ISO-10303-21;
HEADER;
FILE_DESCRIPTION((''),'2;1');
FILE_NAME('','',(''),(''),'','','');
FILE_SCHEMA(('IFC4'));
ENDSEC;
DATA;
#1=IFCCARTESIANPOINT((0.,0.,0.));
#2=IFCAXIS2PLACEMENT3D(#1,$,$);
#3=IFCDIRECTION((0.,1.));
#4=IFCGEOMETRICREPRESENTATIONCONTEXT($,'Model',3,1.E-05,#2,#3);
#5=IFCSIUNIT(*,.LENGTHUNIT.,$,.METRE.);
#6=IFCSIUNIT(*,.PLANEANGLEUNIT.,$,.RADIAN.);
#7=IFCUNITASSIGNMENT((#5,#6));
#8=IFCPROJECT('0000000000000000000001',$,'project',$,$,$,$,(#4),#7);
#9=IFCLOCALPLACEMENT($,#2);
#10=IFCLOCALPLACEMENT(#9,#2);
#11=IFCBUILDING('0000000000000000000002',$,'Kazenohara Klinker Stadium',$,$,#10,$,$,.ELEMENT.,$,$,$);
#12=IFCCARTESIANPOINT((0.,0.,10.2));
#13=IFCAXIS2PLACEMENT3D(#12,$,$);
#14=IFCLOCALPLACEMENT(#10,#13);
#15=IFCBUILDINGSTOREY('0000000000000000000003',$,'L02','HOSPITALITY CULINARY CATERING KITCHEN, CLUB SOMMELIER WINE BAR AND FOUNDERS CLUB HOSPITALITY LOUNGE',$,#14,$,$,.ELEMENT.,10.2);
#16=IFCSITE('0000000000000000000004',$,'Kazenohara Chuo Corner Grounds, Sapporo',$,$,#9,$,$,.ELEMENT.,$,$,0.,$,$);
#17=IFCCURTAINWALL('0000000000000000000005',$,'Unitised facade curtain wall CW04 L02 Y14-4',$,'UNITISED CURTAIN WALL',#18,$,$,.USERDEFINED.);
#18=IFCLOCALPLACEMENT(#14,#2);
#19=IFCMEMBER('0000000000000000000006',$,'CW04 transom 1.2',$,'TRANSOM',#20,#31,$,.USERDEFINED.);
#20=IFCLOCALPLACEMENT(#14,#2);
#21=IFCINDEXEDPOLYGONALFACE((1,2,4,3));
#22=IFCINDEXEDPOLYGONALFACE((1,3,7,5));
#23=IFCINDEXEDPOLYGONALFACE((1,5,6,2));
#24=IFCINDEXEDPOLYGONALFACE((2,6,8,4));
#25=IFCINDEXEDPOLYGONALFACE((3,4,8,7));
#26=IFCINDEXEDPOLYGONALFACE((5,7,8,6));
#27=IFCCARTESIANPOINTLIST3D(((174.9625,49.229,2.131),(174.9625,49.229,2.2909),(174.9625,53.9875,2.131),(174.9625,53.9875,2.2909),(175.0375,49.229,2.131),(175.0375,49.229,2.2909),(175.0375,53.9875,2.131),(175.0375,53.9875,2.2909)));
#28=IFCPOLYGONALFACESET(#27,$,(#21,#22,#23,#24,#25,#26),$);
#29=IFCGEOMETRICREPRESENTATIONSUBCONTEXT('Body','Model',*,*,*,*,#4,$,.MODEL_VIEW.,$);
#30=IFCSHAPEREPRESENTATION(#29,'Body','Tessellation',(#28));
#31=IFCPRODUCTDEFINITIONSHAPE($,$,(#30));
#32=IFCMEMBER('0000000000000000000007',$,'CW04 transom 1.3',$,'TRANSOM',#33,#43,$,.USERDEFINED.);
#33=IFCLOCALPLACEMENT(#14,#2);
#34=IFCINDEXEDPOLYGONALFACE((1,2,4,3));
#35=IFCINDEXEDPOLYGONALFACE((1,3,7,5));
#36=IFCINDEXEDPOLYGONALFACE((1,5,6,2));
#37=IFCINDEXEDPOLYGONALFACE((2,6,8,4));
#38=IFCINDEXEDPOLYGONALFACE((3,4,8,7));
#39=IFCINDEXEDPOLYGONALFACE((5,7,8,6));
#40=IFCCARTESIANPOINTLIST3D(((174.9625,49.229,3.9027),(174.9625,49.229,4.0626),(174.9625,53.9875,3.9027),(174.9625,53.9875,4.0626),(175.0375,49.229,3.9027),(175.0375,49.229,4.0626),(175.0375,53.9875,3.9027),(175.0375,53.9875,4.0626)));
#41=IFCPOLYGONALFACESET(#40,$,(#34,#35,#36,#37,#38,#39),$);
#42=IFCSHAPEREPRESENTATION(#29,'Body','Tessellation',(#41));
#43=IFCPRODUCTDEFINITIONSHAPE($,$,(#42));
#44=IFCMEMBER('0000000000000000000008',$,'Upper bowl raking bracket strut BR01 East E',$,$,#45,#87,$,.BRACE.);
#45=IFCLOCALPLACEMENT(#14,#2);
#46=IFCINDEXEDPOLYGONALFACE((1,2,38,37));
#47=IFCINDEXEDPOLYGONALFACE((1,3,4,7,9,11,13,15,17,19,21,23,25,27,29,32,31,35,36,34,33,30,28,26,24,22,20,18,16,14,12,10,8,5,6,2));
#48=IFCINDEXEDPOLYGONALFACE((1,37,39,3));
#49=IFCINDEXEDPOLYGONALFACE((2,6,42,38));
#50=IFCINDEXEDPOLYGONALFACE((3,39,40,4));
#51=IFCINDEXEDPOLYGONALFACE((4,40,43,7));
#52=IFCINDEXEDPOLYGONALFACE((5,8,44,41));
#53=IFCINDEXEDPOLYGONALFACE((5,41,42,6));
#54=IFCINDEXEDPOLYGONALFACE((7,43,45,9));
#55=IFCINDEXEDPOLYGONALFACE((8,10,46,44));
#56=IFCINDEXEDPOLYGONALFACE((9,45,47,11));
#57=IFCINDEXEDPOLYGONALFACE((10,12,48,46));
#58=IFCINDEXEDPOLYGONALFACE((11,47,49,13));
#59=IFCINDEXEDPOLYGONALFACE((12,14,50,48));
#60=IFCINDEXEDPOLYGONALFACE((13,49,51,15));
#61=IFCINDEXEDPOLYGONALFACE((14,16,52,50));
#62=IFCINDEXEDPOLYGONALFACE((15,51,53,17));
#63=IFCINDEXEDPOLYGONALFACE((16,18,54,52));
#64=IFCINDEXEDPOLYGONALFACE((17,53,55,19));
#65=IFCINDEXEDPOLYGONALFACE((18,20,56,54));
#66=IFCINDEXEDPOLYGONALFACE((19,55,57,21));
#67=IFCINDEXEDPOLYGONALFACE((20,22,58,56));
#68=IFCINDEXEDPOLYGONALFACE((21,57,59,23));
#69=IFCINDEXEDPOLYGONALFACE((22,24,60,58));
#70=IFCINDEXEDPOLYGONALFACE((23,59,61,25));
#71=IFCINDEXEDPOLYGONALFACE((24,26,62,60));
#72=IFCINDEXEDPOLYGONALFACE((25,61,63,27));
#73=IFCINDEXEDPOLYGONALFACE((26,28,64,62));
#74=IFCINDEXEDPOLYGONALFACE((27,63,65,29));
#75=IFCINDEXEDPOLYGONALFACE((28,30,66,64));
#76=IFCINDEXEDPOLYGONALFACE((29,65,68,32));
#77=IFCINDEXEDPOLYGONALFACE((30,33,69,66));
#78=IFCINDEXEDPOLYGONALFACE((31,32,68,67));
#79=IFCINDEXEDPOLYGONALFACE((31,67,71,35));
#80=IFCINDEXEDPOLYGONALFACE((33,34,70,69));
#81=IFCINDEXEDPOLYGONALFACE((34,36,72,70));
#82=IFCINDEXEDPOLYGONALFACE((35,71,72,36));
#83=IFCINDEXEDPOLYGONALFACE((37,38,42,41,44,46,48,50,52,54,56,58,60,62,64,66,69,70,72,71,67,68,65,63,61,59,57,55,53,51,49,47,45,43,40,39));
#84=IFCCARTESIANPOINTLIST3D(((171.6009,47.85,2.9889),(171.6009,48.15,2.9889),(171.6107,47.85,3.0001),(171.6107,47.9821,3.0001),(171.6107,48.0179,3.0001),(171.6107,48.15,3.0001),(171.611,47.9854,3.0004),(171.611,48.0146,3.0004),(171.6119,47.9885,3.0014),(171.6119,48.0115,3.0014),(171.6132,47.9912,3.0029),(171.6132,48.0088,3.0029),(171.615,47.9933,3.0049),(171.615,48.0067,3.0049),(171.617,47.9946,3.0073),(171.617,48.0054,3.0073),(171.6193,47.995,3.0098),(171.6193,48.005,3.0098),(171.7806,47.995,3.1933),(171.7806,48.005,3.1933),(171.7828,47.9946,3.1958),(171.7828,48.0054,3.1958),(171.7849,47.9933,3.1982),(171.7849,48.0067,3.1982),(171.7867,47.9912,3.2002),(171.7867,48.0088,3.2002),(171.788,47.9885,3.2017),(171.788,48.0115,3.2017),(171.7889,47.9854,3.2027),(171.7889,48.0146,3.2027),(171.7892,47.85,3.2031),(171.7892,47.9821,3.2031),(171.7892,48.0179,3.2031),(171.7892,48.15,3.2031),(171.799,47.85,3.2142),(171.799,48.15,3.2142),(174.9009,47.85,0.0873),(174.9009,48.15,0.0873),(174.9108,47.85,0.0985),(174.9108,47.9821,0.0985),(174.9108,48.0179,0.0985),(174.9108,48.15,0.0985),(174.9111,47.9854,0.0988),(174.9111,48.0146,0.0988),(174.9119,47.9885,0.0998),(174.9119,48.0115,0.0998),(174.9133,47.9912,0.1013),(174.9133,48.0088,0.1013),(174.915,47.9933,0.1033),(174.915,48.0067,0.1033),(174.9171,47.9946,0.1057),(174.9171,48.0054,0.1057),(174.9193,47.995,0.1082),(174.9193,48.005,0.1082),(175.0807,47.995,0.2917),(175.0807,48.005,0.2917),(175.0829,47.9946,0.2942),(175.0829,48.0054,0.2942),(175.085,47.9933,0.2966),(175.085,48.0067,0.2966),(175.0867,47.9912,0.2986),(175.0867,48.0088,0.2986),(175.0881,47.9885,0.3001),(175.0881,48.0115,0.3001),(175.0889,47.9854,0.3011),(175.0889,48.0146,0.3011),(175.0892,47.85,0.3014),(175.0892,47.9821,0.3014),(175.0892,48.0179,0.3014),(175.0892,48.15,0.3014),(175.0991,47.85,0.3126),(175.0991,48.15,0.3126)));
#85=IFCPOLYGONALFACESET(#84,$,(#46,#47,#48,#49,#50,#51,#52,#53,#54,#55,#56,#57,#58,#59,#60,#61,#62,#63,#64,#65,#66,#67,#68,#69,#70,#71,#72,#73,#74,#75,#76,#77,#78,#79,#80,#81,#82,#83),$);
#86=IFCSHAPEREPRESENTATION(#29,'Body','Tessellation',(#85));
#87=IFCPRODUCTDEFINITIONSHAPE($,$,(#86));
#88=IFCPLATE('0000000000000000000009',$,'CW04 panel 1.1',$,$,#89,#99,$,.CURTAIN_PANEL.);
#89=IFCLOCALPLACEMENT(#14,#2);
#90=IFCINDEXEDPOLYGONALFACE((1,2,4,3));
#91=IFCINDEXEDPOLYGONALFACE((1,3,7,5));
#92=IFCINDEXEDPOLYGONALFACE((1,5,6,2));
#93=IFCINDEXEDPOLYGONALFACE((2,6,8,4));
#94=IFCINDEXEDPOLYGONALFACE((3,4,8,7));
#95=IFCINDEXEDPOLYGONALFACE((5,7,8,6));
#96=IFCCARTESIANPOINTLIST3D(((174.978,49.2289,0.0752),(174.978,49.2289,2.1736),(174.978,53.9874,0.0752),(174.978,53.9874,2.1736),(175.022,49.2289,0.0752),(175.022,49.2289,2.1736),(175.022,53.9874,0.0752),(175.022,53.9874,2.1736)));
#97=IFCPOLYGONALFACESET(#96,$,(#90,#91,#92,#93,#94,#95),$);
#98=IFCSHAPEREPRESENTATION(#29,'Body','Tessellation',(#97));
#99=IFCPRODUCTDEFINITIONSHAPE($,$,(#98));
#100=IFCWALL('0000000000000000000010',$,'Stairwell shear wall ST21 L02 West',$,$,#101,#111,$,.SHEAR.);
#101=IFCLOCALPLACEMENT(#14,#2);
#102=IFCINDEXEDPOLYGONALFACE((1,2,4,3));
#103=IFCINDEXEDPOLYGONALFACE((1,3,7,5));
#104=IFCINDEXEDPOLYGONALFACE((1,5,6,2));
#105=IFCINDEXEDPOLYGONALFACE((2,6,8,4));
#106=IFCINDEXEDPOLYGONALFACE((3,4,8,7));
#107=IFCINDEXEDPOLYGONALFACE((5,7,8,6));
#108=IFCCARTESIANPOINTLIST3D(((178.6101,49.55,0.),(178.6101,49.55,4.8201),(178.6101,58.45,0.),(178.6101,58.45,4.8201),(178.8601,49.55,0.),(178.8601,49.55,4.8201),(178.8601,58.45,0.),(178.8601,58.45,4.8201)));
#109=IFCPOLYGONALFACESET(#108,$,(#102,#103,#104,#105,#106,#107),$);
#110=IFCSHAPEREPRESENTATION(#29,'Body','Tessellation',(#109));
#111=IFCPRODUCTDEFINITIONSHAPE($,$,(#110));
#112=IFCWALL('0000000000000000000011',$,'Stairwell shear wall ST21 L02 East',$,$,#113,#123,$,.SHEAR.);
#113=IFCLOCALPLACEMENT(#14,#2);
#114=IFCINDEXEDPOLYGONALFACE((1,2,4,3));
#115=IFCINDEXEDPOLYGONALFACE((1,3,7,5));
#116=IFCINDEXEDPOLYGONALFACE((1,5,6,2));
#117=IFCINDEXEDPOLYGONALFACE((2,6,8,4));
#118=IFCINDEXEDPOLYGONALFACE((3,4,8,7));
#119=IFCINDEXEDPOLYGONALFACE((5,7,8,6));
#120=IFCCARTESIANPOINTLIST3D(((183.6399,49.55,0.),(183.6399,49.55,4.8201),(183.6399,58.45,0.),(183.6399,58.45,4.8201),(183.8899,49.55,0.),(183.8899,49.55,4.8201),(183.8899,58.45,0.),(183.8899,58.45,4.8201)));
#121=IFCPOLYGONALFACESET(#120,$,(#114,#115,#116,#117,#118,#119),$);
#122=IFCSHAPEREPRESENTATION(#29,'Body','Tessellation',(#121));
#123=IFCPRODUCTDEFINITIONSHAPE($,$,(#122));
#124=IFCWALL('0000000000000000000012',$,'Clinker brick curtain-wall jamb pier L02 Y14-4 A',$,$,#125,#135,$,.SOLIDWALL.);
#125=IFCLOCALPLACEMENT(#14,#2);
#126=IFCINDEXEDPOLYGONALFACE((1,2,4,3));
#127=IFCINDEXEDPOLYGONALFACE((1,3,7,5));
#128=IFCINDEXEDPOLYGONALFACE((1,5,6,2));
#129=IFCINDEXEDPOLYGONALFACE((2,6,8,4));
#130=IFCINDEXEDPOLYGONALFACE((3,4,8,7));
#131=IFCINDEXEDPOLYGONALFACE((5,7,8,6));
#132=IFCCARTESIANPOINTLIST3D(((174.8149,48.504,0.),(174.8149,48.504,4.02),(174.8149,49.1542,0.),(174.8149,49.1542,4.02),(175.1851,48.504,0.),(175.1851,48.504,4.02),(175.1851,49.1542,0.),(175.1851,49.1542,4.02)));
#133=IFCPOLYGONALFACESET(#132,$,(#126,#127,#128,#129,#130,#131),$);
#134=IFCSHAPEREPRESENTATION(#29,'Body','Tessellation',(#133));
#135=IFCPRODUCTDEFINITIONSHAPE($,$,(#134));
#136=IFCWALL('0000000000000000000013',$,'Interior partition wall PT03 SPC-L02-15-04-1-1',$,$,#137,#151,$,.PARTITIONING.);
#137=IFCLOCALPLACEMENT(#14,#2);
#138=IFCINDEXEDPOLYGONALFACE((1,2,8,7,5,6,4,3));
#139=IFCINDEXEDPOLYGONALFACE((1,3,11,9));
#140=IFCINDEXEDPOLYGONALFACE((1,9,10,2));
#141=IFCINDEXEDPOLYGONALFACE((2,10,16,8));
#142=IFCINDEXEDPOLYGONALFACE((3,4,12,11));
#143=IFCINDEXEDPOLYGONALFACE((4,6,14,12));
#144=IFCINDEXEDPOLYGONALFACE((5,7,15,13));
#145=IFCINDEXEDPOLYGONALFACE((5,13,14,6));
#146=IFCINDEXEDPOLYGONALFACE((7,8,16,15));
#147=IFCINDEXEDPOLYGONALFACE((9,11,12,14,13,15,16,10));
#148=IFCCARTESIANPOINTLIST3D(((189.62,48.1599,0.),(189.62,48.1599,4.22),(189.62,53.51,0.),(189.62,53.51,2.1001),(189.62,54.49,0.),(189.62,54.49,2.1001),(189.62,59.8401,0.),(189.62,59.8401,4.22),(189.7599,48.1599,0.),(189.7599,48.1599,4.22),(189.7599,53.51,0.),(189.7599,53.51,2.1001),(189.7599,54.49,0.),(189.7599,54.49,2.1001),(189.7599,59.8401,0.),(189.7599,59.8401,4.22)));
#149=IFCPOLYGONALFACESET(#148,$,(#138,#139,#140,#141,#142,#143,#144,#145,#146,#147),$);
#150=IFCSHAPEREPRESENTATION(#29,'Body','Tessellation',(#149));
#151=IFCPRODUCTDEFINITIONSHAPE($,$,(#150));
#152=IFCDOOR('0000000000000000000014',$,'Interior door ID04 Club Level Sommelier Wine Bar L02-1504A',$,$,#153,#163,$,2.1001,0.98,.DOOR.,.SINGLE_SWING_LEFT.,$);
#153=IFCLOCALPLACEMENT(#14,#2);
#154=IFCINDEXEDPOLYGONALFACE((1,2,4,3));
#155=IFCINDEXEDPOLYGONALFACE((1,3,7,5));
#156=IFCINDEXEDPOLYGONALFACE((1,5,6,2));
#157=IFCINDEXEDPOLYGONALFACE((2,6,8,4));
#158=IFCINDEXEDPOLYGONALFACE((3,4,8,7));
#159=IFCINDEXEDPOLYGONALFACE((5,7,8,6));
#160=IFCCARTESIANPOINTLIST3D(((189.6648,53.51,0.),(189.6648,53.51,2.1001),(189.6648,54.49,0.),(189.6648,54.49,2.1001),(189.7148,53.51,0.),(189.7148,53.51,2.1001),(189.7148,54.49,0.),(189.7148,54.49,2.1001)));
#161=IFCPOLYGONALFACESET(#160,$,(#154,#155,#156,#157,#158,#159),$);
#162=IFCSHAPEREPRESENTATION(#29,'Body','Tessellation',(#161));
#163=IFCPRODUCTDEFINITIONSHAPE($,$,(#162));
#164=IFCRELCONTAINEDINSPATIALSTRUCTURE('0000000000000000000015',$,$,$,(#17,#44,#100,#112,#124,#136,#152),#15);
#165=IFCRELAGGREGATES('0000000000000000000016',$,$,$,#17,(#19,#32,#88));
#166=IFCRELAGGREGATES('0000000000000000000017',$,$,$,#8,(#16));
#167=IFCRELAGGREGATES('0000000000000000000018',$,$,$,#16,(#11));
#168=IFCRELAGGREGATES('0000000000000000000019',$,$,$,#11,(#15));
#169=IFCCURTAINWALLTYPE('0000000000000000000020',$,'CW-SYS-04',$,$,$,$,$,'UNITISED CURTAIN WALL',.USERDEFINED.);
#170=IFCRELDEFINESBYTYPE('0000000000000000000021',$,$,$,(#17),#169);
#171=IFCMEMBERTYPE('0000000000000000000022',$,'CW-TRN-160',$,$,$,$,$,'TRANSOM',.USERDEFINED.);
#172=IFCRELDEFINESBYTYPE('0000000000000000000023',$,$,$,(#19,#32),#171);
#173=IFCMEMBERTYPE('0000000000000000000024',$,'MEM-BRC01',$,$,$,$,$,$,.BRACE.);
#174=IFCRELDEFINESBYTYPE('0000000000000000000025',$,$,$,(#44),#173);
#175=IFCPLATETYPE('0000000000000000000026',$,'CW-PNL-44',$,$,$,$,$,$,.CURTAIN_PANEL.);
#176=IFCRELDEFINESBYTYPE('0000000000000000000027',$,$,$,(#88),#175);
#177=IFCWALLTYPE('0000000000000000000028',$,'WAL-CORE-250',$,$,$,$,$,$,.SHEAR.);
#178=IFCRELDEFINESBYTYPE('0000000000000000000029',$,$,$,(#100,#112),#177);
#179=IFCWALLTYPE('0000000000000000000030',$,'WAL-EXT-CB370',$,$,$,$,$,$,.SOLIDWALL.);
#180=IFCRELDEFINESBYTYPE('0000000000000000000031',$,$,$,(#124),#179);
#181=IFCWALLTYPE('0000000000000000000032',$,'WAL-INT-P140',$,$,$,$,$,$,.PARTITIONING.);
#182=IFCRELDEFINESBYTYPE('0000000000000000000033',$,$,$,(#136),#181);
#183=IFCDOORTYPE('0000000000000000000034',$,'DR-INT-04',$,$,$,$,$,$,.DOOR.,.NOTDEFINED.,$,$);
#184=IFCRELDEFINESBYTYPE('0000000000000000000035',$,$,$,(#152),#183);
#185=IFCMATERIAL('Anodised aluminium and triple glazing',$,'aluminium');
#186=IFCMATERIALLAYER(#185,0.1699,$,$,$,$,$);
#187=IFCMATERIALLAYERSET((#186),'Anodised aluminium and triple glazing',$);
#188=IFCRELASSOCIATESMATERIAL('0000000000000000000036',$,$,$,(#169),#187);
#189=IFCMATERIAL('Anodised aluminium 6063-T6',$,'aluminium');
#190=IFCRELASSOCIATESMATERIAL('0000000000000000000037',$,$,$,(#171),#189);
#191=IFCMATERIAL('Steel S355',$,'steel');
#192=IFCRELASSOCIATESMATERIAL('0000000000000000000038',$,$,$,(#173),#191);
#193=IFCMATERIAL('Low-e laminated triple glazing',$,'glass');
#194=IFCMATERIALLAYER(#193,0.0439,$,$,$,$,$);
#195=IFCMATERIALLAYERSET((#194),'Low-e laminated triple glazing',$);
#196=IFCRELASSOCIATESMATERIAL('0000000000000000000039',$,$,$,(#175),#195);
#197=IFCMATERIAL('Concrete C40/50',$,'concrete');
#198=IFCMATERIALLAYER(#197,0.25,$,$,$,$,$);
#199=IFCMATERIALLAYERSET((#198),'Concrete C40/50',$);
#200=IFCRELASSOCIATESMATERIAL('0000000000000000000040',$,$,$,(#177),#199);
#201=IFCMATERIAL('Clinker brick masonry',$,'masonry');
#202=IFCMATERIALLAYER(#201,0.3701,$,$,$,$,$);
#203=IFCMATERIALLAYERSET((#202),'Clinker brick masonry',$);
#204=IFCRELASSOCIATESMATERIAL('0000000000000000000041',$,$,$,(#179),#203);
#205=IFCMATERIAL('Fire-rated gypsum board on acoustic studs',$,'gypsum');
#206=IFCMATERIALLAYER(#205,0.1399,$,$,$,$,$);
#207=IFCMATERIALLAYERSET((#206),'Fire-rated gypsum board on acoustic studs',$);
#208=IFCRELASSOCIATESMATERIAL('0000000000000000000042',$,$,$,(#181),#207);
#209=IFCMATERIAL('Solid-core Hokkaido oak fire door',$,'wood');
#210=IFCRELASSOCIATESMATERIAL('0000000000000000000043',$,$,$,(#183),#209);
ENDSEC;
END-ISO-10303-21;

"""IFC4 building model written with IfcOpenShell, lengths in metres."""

from ifc_helpers import new_model, si_unit, direction, frame, frame_2d, origin, origin_2d, place, context, subcontext, project, spatial, rectangle, i_section, extrude, material, layer, layer_set, material_profile, profile_set, type_object, element, fill, aggregate, save


model = new_model("IFC4")

# Units and contexts
model_context = context("Model", 3, precision=1e-05, world=origin(), true_north=direction((0.0, 1.0)))
body_context = subcontext(model_context, "Body", "Model", "MODEL_VIEW")
ifc_project = project(units=[si_unit("LENGTHUNIT", "METRE"), si_unit("PLANEANGLEUNIT", "RADIAN")], contexts=[model_context])

# Site, building, storey
site_placement = place(None, origin())
site = spatial("IfcSite", under=ifc_project, at=site_placement, Name="Kazenohara Chuo Corner Grounds, Sapporo", CompositionType="ELEMENT", RefElevation=0.0)
building_placement = place(site_placement, origin())
building = spatial("IfcBuilding", under=site, at=building_placement, Name="Kazenohara Klinker Stadium", CompositionType="ELEMENT")
storey_placement = place(building_placement, frame((0.0, 0.0, 10.2)))
storey = spatial("IfcBuildingStorey", under=building, at=storey_placement, Name="L02", Description="HOSPITALITY CULINARY CATERING KITCHEN, CLUB SOMMELIER WINE BAR AND FOUNDERS CLUB HOSPITALITY LOUNGE", CompositionType="ELEMENT", Elevation=10.2)

# Shared definitions
ifc_material_1 = material(Name="Concrete C40/50", Category="concrete")

# Shared definitions
ifc_material_2 = material(Name="Steel S355", Category="steel")

# Curtain wall, members
ifc_material_3 = material(Name="Anodised aluminium and triple glazing", Category="aluminium")
ifc_layer_1 = layer(ifc_material_3, 0.1699)
ifc_layer_set_1 = layer_set([ifc_layer_1], Name="Anodised aluminium and triple glazing")
curtain_wall_type = type_object("IfcCurtainWallType", Name="CW-SYS-04", ElementType="UNITISED CURTAIN WALL", PredefinedType="USERDEFINED", material=ifc_layer_set_1)
curtain_wall_placement = place(storey_placement, origin())
curtain_wall = element("IfcCurtainWall", 1, at=curtain_wall_placement, inside=storey, type_object=curtain_wall_type, Name="Unitised facade curtain wall CW04 L02 Y14-4", ObjectType="UNITISED CURTAIN WALL", PredefinedType="USERDEFINED")
ifc_material_4 = material(Name="Anodised aluminium 6063-T6", Category="aluminium")
ifc_material_profile_1 = material_profile(ifc_material_4, rectangle(XDim=0.075, YDim=0.1599, at=origin_2d()), Name="ALU-TRN-75x160")
ifc_profile_set_1 = profile_set([ifc_material_profile_1], Name="Anodised aluminium 6063-T6")
member_type_1 = type_object("IfcMemberType", Name="CW-TRN-160", ElementType="TRANSOM", PredefinedType="USERDEFINED", material=ifc_profile_set_1)
member_1_placement = place(storey_placement, frame((175.0, 49.229, 2.2109), z_axis=(0.0, 1.0, 0.0), x_axis=(-1.0, 0.0, 0.0)))
member_1 = element("IfcMember", 2, at=member_1_placement, type_object=member_type_1, Name="CW04 transom 1.2", ObjectType="TRANSOM", PredefinedType="USERDEFINED", context=body_context, shape_type="SweptSolid", body=[
    extrude(rectangle(XDim=0.075, YDim=0.1599, at=origin_2d()), origin(), (0.0, 0.0, 1.0), 4.7585),
])
member_2_placement = place(storey_placement, frame((175.0, 49.229, 3.9827), z_axis=(0.0, 1.0, 0.0), x_axis=(-1.0, 0.0, 0.0)))
member_2 = element("IfcMember", 3, at=member_2_placement, type_object=member_type_1, Name="CW04 transom 1.3", ObjectType="TRANSOM", PredefinedType="USERDEFINED", context=body_context, shape_type="SweptSolid", body=[
    extrude(rectangle(XDim=0.075, YDim=0.1599, at=origin_2d()), origin(), (0.0, 0.0, 1.0), 4.7585),
])

# Member
ifc_material_profile_2 = material_profile(ifc_material_2, i_section(OverallWidth=0.3, OverallDepth=0.3, WebThickness=0.01, FlangeThickness=0.0149, FilletRadius=0.0129, at=origin_2d()), Name="H-300x300x10x15")
ifc_profile_set_2 = profile_set([ifc_material_profile_2], Name="Steel S355")
member_type_2 = type_object("IfcMemberType", Name="MEM-BRC01", PredefinedType="BRACE", material=ifc_profile_set_2)
member_3_placement = place(storey_placement, frame((175.0, 48.0, 0.2), z_axis=(-0.750988, 0.0, 0.660316), x_axis=(0.0, -1.0, 0.0)))
element("IfcMember", 4, at=member_3_placement, inside=storey, type_object=member_type_2, Name="Upper bowl raking bracket strut BR01 East E", PredefinedType="BRACE", context=body_context, shape_type="SweptSolid", body=[
    extrude(i_section(OverallWidth=0.3, OverallDepth=0.3, WebThickness=0.01, FlangeThickness=0.0149, FilletRadius=0.0129, at=origin_2d()), origin(), (0.0, 0.0, 1.0), 4.3943),
])

# Plate
ifc_material_5 = material(Name="Low-e laminated triple glazing", Category="glass")
ifc_layer_2 = layer(ifc_material_5, 0.0439)
ifc_layer_set_2 = layer_set([ifc_layer_2], Name="Low-e laminated triple glazing")
plate_type = type_object("IfcPlateType", Name="CW-PNL-44", PredefinedType="CURTAIN_PANEL", material=ifc_layer_set_2)
plate_placement = place(storey_placement, frame((175.0, 51.6082, 0.0752), z_axis=(0.0, 0.0, 1.0), x_axis=(0.0, 1.0, 0.0)))
plate = element("IfcPlate", 5, at=plate_placement, type_object=plate_type, Name="CW04 panel 1.1", PredefinedType="CURTAIN_PANEL", context=body_context, shape_type="SweptSolid", body=[
    extrude(rectangle(XDim=4.7585, YDim=0.0439, at=origin_2d()), origin(), (0.0, 0.0, 1.0), 2.0984),
])
aggregate(curtain_wall, [member_1, member_2, plate])

# Shared definitions
ifc_layer_3 = layer(ifc_material_1, 0.25)
ifc_layer_set_3 = layer_set([ifc_layer_3], Name="Concrete C40/50")
wall_type_1 = type_object("IfcWallType", Name="WAL-CORE-250", PredefinedType="SHEAR", material=ifc_layer_set_3)

# Walls
for number, where, z_axis, x_axis, name in (
    (6, (178.7351, 49.55, 0.0), (0.0, 0.0, 1.0), (0.0, 1.0, 0.0), "Stairwell shear wall ST21 L02 West"),
    (7, (183.7649, 49.55, 0.0), (0.0, 0.0, 1.0), (0.0, 1.0, 0.0), "Stairwell shear wall ST21 L02 East"),
):
    element("IfcWall", number, at=place(storey_placement, frame(where, z_axis=z_axis, x_axis=x_axis)), inside=storey, type_object=wall_type_1, Name=name, PredefinedType="SHEAR", context=body_context, shape_type="SweptSolid", body=[
        extrude(rectangle(XDim=8.8999, YDim=0.25, at=frame_2d((4.45, 0.0))), origin(), (0.0, 0.0, 1.0), 4.8201),
    ])
ifc_material_6 = material(Name="Clinker brick masonry", Category="masonry")
ifc_layer_4 = layer(ifc_material_6, 0.3701)
ifc_layer_set_4 = layer_set([ifc_layer_4], Name="Clinker brick masonry")
wall_type_2 = type_object("IfcWallType", Name="WAL-EXT-CB370", PredefinedType="SOLIDWALL", material=ifc_layer_set_4)
wall_1_placement = place(storey_placement, frame((175.0, 48.5039, 0.0), z_axis=(0.0, 0.0, 1.0), x_axis=(0.0, 1.0, 0.0)))
element("IfcWall", 8, at=wall_1_placement, inside=storey, type_object=wall_type_2, Name="Clinker brick curtain-wall jamb pier L02 Y14-4 A", PredefinedType="SOLIDWALL", context=body_context, shape_type="SweptSolid", body=[
    extrude(rectangle(XDim=0.6501, YDim=0.3701, at=frame_2d((0.3252, 0.0))), origin(), (0.0, 0.0, 1.0), 4.02),
])

# Wall, opening, door
ifc_material_7 = material(Name="Fire-rated gypsum board on acoustic studs", Category="gypsum")
ifc_layer_5 = layer(ifc_material_7, 0.1399)
ifc_layer_set_5 = layer_set([ifc_layer_5], Name="Fire-rated gypsum board on acoustic studs")
wall_type_3 = type_object("IfcWallType", Name="WAL-INT-P140", PredefinedType="PARTITIONING", material=ifc_layer_set_5)
wall_2_placement = place(storey_placement, frame((189.6899, 48.1599, 0.0), z_axis=(0.0, 0.0, 1.0), x_axis=(0.0, 1.0, 0.0)))
wall_2 = element("IfcWall", 9, at=wall_2_placement, inside=storey, type_object=wall_type_3, Name="Interior partition wall PT03 SPC-L02-15-04-1-1", PredefinedType="PARTITIONING", context=body_context, shape_type="SweptSolid", body=[
    extrude(rectangle(XDim=11.6802, YDim=0.1399, at=frame_2d((5.8401, 0.0))), origin(), (0.0, 0.0, 1.0), 4.22),
])
opening_1_placement = place(wall_2_placement, frame((6.3301, 0.0, 0.0), z_axis=(0.0, 0.0, 1.0), x_axis=(-1.0, 0.0, 0.0)))
opening_1 = element("IfcOpeningElement", 10, at=opening_1_placement, cuts=wall_2, PredefinedType="OPENING", context=body_context, shape_type="SweptSolid", body=[
    extrude(rectangle(XDim=0.98, YDim=2.1001, at=frame_2d((0.49, 1.05))), frame((0.0, 0.0801, 0.0), z_axis=(0.0, -1.0, 0.0), x_axis=(1.0, 0.0, 0.0)), (0.0, 0.0, 1.0), 0.1599),
])
ifc_material_8 = material(Name="Solid-core Hokkaido oak fire door", Category="wood")
door_type_1 = type_object("IfcDoorType", Name="DR-INT-04", OperationType="NOTDEFINED", PredefinedType="DOOR", material=ifc_material_8)
door_1_placement = place(opening_1_placement, origin())
door_1 = element("IfcDoor", 11, at=door_1_placement, inside=storey, type_object=door_type_1, Name="Interior door ID04 Club Level Sommelier Wine Bar L02-1504A", OperationType="SINGLE_SWING_LEFT", OverallHeight=2.1001, OverallWidth=0.98, PredefinedType="DOOR", context=body_context, shape_type="SweptSolid", body=[
    extrude(rectangle(XDim=0.98, YDim=2.1001, at=frame_2d((0.49, 1.05))), frame((0.0, 0.0249, 0.0), z_axis=(0.0, -1.0, 0.0), x_axis=(1.0, 0.0, 0.0)), (0.0, 0.0, 1.0), 0.05),
])
fill(opening_1, door_1)

save(model, "model.ifc")
